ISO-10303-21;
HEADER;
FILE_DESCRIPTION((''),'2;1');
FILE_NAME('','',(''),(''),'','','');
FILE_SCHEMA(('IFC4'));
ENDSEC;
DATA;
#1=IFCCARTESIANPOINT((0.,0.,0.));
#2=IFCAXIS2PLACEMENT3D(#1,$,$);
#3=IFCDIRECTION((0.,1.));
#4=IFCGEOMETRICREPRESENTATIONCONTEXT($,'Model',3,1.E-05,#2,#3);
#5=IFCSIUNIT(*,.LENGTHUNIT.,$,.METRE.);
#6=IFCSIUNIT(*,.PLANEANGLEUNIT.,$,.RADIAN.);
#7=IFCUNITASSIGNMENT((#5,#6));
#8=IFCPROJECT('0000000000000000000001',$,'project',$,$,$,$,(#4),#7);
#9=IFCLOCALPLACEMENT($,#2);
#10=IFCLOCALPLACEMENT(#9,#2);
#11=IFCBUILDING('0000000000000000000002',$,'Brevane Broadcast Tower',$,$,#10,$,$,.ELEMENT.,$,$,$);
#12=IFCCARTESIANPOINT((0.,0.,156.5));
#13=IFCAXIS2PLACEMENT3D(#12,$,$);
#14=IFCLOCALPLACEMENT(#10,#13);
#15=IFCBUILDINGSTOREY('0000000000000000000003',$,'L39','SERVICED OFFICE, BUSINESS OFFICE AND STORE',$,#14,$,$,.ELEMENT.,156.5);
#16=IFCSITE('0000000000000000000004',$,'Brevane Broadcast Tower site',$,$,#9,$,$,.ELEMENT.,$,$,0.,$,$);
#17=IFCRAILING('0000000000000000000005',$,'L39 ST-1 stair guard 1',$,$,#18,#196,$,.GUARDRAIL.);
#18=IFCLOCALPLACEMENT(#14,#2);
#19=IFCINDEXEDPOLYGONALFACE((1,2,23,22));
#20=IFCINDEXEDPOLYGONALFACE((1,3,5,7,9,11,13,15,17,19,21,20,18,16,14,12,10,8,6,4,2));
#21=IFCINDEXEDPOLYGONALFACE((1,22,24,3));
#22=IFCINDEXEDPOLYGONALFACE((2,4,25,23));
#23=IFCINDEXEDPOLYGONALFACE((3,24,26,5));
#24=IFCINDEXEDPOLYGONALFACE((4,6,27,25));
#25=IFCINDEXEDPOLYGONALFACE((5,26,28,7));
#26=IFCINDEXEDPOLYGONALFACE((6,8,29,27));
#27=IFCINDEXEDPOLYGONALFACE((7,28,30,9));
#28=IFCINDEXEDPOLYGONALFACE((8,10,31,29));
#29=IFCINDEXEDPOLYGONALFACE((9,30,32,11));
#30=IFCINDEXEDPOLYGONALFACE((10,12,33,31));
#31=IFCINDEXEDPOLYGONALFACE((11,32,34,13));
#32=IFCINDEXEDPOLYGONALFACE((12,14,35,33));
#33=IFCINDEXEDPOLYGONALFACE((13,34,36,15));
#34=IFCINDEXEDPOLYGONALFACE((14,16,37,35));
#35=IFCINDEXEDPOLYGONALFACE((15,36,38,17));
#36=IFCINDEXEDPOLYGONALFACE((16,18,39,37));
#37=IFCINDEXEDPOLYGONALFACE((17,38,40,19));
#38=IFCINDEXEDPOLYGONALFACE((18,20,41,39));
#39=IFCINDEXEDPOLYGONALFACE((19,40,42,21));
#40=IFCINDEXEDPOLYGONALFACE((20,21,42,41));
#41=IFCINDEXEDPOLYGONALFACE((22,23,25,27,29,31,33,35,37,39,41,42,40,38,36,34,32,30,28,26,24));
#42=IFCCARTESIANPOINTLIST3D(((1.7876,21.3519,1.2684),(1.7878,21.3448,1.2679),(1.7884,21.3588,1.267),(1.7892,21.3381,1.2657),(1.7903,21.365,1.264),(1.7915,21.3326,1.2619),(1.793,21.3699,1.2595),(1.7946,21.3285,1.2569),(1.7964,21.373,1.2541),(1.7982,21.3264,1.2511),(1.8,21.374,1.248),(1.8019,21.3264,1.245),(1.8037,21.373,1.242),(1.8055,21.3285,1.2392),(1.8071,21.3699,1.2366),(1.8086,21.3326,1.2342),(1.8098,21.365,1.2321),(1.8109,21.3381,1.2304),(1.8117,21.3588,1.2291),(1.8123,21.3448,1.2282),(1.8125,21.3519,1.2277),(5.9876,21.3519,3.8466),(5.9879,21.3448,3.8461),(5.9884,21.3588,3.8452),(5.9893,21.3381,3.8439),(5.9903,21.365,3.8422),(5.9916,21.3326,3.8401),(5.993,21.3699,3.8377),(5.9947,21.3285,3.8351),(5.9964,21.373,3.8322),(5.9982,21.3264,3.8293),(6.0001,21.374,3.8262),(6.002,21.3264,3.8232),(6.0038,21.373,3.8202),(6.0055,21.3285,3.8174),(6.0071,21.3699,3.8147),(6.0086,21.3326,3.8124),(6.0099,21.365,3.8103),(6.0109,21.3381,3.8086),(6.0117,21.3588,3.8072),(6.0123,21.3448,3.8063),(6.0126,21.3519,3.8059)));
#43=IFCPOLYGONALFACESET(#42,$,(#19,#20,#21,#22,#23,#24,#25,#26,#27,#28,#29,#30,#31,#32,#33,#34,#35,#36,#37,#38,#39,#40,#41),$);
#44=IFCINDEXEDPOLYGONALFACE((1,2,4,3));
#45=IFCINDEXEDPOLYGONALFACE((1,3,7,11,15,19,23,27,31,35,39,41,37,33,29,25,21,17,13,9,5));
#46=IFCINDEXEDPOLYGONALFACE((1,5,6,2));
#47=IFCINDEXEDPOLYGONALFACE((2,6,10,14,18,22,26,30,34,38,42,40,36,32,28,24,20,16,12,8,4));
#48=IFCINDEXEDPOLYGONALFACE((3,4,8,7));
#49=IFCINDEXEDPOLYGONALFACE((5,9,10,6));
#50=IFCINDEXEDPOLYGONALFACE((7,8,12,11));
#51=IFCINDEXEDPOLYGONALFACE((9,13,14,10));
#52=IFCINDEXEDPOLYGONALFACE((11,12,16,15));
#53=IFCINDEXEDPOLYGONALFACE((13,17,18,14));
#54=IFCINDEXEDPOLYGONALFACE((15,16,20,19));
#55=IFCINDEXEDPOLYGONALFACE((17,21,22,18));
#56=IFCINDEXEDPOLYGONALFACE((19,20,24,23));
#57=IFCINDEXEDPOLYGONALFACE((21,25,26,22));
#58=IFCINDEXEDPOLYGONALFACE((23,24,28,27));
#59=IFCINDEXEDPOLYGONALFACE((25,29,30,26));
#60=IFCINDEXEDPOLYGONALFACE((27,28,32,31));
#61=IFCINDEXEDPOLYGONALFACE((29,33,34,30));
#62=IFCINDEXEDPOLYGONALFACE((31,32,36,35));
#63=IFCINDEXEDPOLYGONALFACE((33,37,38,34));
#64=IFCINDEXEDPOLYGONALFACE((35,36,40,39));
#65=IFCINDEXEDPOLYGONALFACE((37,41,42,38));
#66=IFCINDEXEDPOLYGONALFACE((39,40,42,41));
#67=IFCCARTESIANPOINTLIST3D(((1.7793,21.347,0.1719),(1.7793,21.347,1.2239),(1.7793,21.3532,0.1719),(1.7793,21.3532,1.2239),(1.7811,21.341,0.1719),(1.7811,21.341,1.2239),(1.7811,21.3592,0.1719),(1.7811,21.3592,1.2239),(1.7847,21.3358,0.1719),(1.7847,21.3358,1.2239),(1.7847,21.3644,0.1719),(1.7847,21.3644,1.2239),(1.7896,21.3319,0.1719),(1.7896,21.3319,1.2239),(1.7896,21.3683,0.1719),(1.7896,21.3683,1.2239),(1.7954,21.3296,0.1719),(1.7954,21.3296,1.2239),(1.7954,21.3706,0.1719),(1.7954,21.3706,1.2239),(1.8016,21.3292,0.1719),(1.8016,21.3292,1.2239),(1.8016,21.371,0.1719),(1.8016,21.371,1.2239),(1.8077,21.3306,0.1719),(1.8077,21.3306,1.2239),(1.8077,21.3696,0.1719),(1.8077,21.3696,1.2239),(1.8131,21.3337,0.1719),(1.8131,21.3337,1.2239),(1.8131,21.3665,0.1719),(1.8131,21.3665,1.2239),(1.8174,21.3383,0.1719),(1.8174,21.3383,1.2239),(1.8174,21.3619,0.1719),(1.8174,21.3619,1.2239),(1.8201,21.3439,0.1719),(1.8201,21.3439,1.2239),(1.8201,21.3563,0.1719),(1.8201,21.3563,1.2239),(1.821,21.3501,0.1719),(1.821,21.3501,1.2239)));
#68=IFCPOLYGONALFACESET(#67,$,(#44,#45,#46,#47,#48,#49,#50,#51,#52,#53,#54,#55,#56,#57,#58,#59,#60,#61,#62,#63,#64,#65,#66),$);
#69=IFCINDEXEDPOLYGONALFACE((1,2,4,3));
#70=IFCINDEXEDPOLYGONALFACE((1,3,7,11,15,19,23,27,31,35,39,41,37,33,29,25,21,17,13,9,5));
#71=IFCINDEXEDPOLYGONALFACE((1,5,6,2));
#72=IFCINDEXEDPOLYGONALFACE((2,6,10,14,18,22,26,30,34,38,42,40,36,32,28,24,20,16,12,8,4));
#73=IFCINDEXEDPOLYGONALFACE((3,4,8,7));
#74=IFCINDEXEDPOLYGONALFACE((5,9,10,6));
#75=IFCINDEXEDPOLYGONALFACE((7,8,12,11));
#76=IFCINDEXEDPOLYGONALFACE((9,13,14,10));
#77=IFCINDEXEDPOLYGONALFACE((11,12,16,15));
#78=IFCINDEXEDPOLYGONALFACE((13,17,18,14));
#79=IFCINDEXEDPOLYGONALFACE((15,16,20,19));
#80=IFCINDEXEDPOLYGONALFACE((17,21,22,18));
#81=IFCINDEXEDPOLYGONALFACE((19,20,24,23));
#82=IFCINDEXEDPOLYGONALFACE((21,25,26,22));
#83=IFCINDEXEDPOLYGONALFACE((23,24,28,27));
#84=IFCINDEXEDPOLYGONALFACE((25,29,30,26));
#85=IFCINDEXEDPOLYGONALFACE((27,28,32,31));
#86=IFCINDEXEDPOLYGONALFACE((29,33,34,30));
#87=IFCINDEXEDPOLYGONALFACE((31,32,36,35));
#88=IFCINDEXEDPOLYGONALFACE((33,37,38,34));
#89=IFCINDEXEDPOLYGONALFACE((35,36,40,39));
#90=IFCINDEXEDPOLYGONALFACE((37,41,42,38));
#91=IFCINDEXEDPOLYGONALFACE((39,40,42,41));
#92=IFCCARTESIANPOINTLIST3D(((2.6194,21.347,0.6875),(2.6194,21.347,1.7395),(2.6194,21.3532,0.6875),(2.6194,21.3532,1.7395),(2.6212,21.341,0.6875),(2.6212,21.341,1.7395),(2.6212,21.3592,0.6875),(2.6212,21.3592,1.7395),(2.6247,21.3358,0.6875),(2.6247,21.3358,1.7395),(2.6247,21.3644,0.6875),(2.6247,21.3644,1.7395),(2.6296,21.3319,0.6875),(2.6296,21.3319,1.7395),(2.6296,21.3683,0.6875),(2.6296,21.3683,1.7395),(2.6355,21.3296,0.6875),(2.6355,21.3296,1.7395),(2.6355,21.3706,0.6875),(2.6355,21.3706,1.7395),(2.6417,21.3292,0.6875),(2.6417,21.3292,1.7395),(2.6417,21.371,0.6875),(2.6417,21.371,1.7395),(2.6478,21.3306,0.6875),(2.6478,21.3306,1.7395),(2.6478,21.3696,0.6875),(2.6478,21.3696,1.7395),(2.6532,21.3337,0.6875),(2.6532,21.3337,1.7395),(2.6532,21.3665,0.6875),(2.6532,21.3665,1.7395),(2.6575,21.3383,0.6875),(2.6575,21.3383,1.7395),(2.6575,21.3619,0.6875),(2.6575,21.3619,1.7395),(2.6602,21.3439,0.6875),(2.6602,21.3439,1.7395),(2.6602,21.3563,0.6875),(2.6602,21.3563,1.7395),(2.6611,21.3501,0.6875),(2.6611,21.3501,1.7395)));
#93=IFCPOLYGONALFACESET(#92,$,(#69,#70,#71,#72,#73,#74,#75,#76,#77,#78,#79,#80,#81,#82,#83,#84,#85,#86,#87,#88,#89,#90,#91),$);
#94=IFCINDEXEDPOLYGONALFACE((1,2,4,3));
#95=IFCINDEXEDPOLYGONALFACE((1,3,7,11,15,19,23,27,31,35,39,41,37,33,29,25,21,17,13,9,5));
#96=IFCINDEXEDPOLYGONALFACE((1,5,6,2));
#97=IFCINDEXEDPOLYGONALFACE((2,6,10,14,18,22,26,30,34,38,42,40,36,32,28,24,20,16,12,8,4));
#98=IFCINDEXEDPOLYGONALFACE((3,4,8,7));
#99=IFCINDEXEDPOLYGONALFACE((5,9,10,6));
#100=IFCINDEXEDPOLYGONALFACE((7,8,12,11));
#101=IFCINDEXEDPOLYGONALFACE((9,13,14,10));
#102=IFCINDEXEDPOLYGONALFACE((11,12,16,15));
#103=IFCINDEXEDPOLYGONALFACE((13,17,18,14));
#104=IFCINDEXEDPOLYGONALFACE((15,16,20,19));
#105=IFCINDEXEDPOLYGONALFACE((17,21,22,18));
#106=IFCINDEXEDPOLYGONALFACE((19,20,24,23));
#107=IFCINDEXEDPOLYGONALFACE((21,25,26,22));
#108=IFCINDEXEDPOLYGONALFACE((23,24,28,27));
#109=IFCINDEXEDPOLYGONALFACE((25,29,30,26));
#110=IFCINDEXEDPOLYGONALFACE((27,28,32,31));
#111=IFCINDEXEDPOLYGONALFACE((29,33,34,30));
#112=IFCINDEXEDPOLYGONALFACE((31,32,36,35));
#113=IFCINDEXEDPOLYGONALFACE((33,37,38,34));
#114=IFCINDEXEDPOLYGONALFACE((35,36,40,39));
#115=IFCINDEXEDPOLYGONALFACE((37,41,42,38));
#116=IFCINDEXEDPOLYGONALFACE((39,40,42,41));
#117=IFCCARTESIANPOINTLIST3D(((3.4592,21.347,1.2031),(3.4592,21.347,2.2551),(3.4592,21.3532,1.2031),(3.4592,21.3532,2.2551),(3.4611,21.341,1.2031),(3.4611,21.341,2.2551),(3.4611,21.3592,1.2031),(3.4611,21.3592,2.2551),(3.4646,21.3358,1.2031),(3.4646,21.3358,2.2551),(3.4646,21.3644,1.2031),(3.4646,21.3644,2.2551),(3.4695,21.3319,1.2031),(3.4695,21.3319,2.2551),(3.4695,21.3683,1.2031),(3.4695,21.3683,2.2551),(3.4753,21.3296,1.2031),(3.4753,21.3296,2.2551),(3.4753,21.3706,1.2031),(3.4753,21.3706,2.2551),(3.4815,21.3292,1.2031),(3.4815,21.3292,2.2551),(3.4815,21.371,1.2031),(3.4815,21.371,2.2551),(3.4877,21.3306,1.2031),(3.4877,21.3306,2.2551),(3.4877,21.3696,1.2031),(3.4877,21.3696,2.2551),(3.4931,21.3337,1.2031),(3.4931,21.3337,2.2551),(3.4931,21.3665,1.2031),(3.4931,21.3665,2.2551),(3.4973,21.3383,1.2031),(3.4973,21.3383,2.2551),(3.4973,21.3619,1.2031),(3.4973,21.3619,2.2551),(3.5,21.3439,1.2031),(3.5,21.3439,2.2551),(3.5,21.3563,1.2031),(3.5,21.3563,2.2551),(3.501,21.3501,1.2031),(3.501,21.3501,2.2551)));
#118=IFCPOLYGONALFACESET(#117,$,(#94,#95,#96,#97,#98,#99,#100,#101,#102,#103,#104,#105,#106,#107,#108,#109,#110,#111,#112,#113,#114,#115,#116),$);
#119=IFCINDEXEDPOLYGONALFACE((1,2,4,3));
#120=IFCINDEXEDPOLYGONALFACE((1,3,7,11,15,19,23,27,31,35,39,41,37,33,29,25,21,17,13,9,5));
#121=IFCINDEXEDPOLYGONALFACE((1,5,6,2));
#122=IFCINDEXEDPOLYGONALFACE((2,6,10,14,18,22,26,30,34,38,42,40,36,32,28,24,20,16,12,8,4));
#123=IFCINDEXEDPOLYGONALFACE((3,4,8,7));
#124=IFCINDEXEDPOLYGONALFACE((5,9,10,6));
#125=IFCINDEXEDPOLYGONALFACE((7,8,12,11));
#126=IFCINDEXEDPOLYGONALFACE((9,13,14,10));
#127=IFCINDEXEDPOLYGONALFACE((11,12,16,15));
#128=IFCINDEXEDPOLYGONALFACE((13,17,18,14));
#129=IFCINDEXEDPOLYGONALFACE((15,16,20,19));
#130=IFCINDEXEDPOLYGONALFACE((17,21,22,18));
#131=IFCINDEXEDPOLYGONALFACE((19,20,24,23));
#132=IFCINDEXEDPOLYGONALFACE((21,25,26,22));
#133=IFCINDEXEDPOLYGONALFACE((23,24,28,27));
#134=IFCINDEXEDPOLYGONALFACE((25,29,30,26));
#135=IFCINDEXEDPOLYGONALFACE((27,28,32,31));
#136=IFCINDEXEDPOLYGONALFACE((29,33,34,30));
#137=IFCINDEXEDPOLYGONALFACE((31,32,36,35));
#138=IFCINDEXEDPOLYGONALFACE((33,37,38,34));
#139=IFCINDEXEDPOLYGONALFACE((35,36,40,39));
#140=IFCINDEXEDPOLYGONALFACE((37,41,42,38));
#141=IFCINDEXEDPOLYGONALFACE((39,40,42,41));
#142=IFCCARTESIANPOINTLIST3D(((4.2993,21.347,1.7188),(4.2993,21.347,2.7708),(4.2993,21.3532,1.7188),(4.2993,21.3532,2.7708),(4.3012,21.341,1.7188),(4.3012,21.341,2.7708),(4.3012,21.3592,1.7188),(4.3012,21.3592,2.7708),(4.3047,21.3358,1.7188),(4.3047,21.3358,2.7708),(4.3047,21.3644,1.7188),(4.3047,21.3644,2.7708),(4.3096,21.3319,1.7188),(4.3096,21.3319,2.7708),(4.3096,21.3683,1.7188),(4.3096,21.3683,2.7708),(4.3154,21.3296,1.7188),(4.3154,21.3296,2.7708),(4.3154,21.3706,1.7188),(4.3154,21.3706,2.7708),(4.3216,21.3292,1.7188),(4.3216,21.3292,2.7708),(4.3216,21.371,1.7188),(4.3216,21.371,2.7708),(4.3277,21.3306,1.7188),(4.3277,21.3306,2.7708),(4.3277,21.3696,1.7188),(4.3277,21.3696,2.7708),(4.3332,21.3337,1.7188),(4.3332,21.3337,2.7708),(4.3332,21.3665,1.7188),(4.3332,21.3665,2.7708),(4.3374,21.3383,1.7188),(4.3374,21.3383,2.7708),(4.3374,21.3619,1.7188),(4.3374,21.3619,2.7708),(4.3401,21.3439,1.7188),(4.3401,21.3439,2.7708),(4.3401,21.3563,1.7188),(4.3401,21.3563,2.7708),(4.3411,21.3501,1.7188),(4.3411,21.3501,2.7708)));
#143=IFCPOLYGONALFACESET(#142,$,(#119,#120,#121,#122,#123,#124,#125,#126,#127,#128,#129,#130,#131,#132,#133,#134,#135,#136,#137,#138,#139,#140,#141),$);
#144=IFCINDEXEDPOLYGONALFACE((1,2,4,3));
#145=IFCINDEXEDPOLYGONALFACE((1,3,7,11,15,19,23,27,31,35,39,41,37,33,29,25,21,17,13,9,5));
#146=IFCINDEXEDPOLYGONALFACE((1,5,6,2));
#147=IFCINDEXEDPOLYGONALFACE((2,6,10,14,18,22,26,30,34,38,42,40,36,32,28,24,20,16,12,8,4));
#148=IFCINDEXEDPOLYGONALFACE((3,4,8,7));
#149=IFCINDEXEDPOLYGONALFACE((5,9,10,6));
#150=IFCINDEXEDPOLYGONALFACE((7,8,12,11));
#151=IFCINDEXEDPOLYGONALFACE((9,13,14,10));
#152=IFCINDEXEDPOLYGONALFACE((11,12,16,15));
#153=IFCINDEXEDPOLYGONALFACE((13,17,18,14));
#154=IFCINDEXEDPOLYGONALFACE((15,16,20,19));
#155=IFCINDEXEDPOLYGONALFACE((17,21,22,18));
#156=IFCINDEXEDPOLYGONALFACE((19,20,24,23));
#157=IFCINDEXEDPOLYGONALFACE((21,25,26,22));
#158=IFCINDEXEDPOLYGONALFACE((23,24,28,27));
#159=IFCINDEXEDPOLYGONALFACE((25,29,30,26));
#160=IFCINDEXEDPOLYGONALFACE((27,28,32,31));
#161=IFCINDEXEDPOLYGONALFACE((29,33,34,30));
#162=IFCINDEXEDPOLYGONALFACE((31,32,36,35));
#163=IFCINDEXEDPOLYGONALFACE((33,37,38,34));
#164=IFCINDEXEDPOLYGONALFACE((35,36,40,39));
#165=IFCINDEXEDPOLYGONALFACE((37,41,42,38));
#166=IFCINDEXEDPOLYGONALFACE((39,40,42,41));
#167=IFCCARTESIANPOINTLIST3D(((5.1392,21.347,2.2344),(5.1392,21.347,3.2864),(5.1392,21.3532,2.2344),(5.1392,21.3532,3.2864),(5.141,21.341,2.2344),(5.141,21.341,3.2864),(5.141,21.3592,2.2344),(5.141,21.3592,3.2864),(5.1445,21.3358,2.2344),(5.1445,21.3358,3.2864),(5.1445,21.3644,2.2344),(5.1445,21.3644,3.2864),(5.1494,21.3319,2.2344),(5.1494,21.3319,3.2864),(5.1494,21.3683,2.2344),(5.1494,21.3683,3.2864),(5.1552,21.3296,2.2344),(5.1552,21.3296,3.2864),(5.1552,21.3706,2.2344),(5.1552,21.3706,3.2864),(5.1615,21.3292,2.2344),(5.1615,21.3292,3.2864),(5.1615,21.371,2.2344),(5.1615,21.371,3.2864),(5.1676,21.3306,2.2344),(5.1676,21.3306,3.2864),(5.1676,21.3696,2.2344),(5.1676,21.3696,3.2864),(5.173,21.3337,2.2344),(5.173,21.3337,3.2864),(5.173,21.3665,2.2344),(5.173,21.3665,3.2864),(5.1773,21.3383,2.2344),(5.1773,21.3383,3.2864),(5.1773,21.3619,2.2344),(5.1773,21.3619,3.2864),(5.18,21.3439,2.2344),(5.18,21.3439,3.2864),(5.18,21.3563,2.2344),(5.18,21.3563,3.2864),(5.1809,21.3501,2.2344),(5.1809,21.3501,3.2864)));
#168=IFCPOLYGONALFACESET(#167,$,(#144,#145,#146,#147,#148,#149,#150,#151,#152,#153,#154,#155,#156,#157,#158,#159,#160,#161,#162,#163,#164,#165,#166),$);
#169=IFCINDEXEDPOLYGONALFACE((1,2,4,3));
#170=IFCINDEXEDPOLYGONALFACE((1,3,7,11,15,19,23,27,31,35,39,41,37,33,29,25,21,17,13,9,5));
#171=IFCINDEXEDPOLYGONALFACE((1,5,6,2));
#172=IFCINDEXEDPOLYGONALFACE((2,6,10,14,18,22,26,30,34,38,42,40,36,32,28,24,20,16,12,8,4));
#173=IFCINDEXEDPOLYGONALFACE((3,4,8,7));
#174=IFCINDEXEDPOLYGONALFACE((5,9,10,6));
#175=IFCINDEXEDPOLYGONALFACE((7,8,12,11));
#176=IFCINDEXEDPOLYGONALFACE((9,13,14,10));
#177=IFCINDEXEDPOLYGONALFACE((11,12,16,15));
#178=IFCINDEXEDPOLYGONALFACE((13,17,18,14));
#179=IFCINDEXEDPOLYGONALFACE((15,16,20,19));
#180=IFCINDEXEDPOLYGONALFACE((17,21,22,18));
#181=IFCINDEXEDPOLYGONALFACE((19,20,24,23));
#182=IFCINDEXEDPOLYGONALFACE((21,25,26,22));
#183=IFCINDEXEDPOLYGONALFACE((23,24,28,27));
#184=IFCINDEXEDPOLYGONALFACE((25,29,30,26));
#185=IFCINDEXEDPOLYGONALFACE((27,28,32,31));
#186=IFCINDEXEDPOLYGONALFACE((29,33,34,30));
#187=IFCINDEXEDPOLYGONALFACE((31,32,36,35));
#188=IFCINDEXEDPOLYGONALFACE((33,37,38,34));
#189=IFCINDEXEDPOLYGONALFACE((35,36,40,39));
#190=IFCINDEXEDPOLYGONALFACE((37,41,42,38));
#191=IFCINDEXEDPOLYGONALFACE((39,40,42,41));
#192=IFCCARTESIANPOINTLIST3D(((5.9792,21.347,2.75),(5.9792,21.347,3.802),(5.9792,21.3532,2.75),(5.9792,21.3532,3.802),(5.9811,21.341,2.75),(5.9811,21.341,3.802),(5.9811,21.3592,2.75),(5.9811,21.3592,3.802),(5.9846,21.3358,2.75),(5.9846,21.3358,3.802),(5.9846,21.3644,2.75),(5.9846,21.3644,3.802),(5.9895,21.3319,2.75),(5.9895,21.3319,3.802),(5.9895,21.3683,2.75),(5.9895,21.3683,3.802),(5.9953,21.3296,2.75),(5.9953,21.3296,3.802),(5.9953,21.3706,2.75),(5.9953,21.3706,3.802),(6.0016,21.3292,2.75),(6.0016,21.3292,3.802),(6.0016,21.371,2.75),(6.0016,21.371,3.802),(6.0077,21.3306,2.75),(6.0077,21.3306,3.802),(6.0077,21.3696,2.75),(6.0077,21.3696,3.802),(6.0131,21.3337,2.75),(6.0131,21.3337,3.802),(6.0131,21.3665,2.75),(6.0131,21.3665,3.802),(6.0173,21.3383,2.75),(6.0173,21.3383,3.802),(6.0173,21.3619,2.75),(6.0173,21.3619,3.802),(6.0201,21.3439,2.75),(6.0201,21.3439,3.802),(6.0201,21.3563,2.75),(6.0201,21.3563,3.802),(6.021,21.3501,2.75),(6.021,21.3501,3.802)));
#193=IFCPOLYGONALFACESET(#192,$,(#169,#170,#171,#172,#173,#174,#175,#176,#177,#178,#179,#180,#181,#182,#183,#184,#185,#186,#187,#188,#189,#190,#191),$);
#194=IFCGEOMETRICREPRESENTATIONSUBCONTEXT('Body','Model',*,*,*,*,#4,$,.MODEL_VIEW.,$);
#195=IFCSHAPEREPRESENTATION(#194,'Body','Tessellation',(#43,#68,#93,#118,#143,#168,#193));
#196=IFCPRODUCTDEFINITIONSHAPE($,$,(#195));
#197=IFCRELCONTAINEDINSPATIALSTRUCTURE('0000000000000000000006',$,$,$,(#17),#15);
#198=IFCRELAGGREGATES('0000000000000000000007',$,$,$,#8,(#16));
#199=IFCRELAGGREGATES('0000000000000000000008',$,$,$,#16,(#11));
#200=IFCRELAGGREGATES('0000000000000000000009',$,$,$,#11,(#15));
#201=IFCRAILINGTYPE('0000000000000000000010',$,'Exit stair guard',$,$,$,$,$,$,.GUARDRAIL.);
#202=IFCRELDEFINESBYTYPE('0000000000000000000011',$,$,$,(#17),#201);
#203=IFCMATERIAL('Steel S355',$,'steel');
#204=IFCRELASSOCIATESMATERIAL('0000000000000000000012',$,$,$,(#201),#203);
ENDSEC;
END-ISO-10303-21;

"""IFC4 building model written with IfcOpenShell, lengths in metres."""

from ifc_helpers import new_model, si_unit, direction, frame, origin, origin_2d, place, context, subcontext, project, spatial, circle, extrude, material, type_object, element, save


model = new_model("IFC4")

# Units and contexts
model_context = context("Model", 3, precision=1e-05, world=origin(), true_north=direction((0.0, 1.0)))
body_context = subcontext(model_context, "Body", "Model", "MODEL_VIEW")
ifc_project = project(units=[si_unit("LENGTHUNIT", "METRE"), si_unit("PLANEANGLEUNIT", "RADIAN")], contexts=[model_context])

# Site, building, storey
site_placement = place(None, origin())
site = spatial("IfcSite", under=ifc_project, at=site_placement, Name="Brevane Broadcast Tower site", CompositionType="ELEMENT", RefElevation=0.0)
building_placement = place(site_placement, origin())
building = spatial("IfcBuilding", under=site, at=building_placement, Name="Brevane Broadcast Tower", CompositionType="ELEMENT")
storey_placement = place(building_placement, frame((0.0, 0.0, 156.5)))
storey = spatial("IfcBuildingStorey", under=building, at=storey_placement, Name="L39", Description="SERVICED OFFICE, BUSINESS OFFICE AND STORE", CompositionType="ELEMENT", Elevation=156.5)

# Railing
ifc_material_1 = material(Name="Steel S355", Category="steel")
railing_type_1 = type_object("IfcRailingType", Name="Exit stair guard", PredefinedType="GUARDRAIL", material=ifc_material_1)
railing_1_placement = place(storey_placement, frame((1.8, 21.3501, 0.1719)))
element("IfcRailing", 1, at=railing_1_placement, inside=storey, type_object=railing_type_1, Name="L39 ST-1 stair guard 1", PredefinedType="GUARDRAIL", context=body_context, shape_type="SweptSolid", body=[
    extrude(circle(Radius=0.0239, at=origin_2d()), frame((0.0, 0.0, 1.0762), z_axis=(0.852243, 0.0, 0.523146), x_axis=(0.0, 1.0, 0.0)), (0.0, 0.0, 1.0), 4.9282),
    extrude(circle(Radius=0.021, at=origin_2d()), origin(), (0.0, 0.0, 1.0), 1.052),
    extrude(circle(Radius=0.021, at=origin_2d()), frame((0.8401, 0.0, 0.5156)), (0.0, 0.0, 1.0), 1.052),
    extrude(circle(Radius=0.021, at=origin_2d()), frame((1.6799, 0.0, 1.0312)), (0.0, 0.0, 1.0), 1.052),
    extrude(circle(Radius=0.021, at=origin_2d()), frame((2.52, 0.0, 1.5469)), (0.0, 0.0, 1.0), 1.052),
    extrude(circle(Radius=0.021, at=origin_2d()), frame((3.3599, 0.0, 2.0625)), (0.0, 0.0, 1.0), 1.052),
    extrude(circle(Radius=0.021, at=origin_2d()), frame((4.2, 0.0, 2.5781)), (0.0, 0.0, 1.0), 1.052),
])

save(model, "model.ifc")
